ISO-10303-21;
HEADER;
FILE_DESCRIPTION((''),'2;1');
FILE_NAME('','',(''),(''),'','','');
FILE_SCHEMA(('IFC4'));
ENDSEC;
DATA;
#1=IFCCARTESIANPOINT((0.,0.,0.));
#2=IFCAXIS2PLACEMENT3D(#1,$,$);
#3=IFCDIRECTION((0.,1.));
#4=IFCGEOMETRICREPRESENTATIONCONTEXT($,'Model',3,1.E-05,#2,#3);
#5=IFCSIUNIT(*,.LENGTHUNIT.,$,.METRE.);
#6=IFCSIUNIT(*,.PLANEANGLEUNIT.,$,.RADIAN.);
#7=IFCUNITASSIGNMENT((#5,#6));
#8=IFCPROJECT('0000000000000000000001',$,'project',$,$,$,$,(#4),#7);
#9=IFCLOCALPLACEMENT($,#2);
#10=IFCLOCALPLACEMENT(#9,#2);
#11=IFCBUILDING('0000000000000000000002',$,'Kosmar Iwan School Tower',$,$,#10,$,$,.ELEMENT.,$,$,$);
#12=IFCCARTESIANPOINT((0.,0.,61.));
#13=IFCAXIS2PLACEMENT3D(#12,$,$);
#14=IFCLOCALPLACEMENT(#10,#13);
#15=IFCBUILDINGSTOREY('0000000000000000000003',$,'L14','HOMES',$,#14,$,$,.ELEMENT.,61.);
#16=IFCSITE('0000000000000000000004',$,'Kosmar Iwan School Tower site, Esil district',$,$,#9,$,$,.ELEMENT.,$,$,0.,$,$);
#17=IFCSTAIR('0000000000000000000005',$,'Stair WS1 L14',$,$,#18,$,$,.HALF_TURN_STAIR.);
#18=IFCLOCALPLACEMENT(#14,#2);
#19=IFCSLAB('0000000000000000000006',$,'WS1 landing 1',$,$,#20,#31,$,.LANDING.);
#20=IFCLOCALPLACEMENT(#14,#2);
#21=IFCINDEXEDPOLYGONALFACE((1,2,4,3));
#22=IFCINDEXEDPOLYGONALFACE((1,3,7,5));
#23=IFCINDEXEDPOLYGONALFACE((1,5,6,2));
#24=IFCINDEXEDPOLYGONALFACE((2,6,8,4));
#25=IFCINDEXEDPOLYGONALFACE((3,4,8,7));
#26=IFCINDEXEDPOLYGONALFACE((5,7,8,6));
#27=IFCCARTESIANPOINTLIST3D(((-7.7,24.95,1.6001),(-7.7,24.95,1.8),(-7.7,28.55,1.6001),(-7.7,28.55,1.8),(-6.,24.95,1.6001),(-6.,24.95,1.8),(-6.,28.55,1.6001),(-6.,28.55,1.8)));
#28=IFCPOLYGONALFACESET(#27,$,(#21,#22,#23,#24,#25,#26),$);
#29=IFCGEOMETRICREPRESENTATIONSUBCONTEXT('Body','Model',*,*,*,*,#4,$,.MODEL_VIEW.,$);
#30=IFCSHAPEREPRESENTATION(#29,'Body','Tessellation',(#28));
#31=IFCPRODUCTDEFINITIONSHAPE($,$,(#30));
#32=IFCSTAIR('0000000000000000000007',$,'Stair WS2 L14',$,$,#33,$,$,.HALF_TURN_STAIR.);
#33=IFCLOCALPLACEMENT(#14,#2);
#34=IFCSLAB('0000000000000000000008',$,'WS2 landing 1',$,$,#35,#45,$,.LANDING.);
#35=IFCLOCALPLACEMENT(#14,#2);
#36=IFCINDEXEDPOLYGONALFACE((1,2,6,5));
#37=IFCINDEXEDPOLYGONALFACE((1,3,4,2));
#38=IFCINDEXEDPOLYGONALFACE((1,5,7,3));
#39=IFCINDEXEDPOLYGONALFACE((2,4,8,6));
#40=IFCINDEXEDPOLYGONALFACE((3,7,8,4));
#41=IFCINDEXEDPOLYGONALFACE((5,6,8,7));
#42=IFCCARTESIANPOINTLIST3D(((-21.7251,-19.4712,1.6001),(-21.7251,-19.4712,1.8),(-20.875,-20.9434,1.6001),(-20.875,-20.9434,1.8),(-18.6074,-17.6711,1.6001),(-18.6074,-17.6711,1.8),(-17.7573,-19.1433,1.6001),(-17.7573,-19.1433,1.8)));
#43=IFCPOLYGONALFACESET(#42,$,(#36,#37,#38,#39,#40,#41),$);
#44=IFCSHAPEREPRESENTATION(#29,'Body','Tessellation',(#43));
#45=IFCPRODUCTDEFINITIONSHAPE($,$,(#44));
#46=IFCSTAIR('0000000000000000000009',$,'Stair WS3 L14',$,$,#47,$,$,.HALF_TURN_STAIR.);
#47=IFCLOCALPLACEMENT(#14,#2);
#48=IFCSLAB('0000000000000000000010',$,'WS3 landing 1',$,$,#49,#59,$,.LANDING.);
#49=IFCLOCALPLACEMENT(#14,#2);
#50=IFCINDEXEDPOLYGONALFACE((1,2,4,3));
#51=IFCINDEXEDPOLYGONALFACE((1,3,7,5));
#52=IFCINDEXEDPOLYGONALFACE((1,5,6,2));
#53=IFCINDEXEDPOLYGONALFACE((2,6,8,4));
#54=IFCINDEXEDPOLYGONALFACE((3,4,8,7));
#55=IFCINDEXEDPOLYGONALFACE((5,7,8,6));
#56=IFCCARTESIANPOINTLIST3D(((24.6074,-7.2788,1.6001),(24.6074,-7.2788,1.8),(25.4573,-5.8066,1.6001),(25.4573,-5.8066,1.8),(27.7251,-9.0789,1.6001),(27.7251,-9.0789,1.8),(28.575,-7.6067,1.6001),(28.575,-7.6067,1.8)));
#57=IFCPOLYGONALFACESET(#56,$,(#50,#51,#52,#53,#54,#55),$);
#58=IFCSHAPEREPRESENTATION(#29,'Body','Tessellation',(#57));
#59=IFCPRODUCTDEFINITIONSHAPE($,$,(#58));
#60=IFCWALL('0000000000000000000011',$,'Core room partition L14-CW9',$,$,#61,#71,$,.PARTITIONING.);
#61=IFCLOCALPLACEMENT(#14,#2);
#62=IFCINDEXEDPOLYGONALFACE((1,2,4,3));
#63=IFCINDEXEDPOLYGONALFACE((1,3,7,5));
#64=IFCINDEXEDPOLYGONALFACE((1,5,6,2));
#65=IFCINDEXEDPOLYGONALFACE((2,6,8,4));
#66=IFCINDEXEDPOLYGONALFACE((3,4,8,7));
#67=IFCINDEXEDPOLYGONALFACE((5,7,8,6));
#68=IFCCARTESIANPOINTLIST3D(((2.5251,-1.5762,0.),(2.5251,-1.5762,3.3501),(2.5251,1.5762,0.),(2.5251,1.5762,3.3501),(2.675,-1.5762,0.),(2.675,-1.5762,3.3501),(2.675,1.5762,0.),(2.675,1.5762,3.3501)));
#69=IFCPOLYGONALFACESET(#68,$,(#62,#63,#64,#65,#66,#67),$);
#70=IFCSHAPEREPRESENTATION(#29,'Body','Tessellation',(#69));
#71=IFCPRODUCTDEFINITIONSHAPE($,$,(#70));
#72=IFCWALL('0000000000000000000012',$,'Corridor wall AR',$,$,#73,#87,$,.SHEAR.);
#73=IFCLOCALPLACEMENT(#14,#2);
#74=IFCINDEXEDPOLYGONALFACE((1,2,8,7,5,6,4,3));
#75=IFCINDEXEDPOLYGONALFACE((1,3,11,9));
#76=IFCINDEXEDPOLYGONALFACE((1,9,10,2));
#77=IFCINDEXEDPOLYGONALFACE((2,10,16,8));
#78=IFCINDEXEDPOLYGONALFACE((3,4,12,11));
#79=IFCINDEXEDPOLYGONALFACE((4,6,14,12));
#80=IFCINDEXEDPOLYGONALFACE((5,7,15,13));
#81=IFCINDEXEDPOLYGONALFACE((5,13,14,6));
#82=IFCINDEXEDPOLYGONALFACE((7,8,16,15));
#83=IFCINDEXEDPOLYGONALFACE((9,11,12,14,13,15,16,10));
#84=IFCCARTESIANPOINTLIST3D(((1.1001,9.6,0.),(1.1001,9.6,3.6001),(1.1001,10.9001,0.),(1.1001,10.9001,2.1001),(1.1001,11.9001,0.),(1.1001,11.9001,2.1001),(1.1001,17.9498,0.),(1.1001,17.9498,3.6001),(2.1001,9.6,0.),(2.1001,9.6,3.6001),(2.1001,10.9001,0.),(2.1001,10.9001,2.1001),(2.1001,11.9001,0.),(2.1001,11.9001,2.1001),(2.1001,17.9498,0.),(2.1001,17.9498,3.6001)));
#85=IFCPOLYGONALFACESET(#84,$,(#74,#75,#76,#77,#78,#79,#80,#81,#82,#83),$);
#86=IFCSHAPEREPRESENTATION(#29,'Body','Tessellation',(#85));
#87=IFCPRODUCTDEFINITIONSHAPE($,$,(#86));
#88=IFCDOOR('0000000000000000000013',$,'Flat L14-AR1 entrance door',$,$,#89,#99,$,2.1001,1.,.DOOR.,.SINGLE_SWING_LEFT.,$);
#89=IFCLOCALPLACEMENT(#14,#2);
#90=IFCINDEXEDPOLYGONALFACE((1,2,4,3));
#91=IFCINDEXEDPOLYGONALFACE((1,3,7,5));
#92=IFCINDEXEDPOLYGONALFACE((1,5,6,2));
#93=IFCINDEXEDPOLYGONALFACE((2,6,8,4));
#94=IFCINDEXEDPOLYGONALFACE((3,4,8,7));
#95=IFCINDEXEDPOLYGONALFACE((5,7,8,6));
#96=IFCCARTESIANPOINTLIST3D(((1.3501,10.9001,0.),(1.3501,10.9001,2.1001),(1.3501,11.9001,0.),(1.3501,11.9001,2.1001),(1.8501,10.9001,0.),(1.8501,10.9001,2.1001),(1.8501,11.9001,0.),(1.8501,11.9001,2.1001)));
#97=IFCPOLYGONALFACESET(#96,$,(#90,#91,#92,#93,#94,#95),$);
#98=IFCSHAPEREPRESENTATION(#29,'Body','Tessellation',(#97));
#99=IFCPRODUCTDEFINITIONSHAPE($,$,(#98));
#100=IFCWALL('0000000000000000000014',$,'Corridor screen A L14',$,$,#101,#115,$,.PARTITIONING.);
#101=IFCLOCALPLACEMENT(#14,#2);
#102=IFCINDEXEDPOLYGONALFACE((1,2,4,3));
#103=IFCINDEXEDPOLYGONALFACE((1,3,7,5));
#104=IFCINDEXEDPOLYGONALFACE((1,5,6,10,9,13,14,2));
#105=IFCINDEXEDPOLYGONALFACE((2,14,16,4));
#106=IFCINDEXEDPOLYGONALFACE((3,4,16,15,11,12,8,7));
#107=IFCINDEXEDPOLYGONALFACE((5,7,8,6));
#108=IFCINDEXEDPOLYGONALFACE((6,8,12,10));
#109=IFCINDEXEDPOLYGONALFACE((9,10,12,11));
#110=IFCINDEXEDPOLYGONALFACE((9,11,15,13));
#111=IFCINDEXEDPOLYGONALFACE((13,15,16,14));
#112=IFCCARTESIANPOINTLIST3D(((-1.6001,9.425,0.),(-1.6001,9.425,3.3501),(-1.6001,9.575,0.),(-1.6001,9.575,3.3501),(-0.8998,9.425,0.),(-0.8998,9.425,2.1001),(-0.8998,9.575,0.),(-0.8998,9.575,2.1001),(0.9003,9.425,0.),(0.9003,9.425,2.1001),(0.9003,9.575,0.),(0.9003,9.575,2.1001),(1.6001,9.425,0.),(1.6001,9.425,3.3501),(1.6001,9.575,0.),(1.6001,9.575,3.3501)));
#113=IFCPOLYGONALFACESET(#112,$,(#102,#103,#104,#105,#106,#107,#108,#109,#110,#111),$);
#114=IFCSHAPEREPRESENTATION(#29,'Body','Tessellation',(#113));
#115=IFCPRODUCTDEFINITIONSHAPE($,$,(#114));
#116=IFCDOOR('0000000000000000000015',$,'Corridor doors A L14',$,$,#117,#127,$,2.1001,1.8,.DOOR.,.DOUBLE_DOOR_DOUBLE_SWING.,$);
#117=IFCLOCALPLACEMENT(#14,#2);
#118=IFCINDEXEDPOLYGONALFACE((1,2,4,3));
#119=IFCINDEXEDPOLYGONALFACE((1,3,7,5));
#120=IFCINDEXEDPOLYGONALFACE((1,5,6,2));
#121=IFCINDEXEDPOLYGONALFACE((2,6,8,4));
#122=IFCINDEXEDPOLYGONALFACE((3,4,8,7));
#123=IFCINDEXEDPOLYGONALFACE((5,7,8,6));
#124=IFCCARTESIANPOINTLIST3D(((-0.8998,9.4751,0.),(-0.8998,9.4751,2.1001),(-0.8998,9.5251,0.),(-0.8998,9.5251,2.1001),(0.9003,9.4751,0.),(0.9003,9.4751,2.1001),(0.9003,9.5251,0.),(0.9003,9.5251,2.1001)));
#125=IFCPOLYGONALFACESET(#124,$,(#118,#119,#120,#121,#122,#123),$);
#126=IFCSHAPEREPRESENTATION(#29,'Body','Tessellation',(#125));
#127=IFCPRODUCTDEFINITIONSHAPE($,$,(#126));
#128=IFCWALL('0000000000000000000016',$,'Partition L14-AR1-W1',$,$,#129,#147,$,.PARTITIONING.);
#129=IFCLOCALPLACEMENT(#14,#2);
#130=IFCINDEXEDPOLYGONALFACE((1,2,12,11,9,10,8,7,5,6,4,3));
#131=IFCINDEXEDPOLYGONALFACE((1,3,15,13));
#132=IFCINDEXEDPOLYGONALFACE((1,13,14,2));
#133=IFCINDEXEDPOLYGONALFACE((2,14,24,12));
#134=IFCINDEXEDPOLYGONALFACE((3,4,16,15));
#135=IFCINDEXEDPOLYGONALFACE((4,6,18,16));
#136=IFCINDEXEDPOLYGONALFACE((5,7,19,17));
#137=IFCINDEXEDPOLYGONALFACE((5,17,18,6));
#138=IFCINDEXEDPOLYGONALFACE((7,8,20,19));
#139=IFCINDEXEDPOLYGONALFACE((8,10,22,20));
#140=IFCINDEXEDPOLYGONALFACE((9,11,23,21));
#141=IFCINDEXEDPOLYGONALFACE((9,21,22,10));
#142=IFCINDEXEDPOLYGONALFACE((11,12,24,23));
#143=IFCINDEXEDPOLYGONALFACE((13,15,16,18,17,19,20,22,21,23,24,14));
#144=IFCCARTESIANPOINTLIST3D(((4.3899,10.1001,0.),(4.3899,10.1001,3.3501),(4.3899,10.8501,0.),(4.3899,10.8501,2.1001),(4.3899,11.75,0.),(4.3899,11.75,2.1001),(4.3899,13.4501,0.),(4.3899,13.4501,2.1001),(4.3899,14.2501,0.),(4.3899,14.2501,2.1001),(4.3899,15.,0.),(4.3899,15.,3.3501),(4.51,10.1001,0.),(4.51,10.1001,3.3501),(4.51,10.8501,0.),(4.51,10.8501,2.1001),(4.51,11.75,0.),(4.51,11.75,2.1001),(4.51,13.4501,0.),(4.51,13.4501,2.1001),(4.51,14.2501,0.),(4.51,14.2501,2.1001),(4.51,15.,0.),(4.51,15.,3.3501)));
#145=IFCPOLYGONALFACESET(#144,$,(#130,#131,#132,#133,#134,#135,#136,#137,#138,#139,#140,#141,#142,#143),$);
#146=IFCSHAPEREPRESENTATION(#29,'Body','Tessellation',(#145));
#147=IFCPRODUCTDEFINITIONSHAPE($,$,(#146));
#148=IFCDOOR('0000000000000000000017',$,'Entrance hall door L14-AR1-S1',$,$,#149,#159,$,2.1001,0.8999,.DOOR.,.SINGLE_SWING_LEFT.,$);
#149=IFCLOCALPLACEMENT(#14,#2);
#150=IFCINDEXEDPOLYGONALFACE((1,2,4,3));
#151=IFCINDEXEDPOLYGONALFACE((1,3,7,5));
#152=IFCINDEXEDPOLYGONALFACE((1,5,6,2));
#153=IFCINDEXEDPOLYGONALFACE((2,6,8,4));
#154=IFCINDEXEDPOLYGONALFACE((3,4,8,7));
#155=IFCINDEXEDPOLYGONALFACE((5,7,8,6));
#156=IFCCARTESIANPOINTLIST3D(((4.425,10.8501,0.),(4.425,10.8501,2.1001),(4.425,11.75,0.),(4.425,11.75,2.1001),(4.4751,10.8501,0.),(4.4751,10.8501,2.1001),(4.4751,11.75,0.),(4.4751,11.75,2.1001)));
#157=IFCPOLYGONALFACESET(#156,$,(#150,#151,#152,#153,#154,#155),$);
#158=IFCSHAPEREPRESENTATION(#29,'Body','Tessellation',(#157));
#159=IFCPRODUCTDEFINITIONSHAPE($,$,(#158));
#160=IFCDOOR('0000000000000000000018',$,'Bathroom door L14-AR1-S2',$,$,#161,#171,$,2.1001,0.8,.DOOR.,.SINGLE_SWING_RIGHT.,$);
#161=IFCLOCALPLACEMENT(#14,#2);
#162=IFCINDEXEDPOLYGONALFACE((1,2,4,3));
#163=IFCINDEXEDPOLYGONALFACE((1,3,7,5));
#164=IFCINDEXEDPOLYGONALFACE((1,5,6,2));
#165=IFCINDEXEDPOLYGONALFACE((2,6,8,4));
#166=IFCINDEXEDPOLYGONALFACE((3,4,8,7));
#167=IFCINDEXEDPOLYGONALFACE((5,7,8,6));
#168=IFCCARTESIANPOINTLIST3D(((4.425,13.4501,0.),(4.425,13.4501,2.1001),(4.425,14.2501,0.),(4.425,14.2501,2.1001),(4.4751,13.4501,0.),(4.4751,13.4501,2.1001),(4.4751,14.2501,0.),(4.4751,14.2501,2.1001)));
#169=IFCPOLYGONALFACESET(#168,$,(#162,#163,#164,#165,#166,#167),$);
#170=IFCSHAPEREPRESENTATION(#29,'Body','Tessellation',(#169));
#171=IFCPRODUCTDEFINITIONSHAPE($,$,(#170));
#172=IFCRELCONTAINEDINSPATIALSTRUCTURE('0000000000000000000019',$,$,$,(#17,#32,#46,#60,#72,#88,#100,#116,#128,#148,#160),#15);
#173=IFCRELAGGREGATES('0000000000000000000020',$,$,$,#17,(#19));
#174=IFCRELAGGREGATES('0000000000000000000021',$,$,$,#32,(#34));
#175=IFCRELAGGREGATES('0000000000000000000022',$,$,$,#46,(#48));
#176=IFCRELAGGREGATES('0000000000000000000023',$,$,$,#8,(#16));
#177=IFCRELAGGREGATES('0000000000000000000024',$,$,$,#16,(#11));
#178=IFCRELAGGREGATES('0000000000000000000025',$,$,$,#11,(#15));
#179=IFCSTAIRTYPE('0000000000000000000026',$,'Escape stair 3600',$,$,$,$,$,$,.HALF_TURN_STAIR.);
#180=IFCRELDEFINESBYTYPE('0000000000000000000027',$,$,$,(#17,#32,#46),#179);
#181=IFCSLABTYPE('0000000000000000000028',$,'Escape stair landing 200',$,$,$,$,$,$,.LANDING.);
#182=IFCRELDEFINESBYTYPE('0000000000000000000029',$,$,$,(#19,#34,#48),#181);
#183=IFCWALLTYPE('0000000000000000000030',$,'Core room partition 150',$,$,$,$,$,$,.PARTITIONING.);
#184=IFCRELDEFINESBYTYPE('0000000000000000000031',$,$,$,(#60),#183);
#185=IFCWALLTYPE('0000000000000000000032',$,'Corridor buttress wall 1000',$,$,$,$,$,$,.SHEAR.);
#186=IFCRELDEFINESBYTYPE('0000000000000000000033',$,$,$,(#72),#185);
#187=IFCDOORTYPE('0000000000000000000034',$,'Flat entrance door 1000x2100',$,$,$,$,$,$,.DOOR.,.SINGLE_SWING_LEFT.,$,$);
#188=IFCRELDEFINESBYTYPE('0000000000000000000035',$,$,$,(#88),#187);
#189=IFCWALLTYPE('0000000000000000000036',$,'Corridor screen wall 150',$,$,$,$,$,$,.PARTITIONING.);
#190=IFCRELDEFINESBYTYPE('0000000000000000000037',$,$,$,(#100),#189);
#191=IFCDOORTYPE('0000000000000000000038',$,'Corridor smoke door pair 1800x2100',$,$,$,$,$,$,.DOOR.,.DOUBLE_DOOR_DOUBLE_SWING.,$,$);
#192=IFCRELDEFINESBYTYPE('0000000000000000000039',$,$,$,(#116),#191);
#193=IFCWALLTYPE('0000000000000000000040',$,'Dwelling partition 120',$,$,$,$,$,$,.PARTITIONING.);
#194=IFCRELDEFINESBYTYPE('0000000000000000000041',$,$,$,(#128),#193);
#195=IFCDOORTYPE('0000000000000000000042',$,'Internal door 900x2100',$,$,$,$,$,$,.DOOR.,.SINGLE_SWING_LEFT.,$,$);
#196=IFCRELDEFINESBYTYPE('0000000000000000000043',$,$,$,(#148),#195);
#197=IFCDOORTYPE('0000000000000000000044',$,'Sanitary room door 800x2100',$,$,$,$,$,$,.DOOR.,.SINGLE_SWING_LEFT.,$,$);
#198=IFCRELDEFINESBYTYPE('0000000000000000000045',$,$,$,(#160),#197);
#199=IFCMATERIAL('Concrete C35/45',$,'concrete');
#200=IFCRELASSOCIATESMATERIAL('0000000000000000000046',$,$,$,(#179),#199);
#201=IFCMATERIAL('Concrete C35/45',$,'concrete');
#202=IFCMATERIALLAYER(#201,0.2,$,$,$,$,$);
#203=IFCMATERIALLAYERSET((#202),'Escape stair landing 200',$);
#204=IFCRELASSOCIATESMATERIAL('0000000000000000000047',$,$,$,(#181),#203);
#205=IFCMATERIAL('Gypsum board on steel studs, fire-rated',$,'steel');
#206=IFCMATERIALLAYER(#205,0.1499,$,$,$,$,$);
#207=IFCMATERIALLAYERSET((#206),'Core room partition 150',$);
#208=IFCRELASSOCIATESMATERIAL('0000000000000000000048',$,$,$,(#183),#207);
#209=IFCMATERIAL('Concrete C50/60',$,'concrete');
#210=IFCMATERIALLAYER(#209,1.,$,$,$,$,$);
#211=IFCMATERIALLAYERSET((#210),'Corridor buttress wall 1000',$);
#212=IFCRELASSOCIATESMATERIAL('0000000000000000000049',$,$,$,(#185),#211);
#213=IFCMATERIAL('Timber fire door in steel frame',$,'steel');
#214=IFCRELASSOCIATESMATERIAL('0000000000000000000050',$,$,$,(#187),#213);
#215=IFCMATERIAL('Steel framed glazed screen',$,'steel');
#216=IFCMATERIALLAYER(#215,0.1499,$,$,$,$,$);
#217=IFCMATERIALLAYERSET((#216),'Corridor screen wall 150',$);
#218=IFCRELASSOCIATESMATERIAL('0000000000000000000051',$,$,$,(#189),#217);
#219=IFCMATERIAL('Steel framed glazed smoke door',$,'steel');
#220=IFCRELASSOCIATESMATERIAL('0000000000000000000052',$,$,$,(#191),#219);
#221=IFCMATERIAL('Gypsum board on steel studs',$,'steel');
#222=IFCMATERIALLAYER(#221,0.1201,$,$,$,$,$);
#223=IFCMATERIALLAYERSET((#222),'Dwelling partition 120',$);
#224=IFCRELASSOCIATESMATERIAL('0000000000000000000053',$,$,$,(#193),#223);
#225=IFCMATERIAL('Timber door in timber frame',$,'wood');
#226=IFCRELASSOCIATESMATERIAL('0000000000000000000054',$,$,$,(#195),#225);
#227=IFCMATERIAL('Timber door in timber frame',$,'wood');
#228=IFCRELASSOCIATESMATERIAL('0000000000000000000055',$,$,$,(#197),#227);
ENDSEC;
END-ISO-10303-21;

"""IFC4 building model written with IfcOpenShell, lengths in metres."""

from ifc_helpers import new_model, si_unit, direction, frame, frame_2d, origin, place, context, subcontext, project, spatial, polyline, rectangle, outline, extrude, material, layer, layer_set, type_object, element, fill, aggregate, save


model = new_model("IFC4")

# Units and contexts
model_context = context("Model", 3, precision=1e-05, world=origin(), true_north=direction((0.0, 1.0)))
body_context = subcontext(model_context, "Body", "Model", "MODEL_VIEW")
ifc_project = project(units=[si_unit("LENGTHUNIT", "METRE"), si_unit("PLANEANGLEUNIT", "RADIAN")], contexts=[model_context])

# Site, building, storey
site_placement = place(None, origin())
site = spatial("IfcSite", under=ifc_project, at=site_placement, Name="Kosmar Iwan School Tower site, Esil district", CompositionType="ELEMENT", RefElevation=0.0)
building_placement = place(site_placement, origin())
building = spatial("IfcBuilding", under=site, at=building_placement, Name="Kosmar Iwan School Tower", CompositionType="ELEMENT")
storey_placement = place(building_placement, frame((0.0, 0.0, 61.0)))
storey = spatial("IfcBuildingStorey", under=building, at=storey_placement, Name="L14", Description="HOMES", CompositionType="ELEMENT", Elevation=61.0)

# Stairs, slabs
ifc_material_1 = material(Name="Concrete C35/45", Category="concrete")
stair_type_1 = type_object("IfcStairType", Name="Escape stair 3600", PredefinedType="HALF_TURN_STAIR", material=ifc_material_1)
stair_1_placement = place(storey_placement, origin())
stair_1 = element("IfcStair", 1, at=stair_1_placement, inside=storey, type_object=stair_type_1, Name="Stair WS1 L14", PredefinedType="HALF_TURN_STAIR")
ifc_material_2 = material(Name="Concrete C35/45", Category="concrete")
ifc_layer_1 = layer(ifc_material_2, 0.2)
ifc_layer_set_1 = layer_set([ifc_layer_1], Name="Escape stair landing 200")
slab_type = type_object("IfcSlabType", Name="Escape stair landing 200", PredefinedType="LANDING", material=ifc_layer_set_1)
slab_1_placement = place(storey_placement, frame((0.0, 0.0, 1.6001)))
slab_1 = element("IfcSlab", 2, at=slab_1_placement, type_object=slab_type, Name="WS1 landing 1", PredefinedType="LANDING", context=body_context, shape_type="SweptSolid", body=[
    extrude(outline(polyline([(-6.0, 24.95), (-6.0, 28.55), (-7.7, 28.55), (-7.7, 24.95), (-6.0, 24.95)])), origin(), (0.0, 0.0, 1.0), 0.2),
])
aggregate(stair_1, [slab_1])
stair_2_placement = place(storey_placement, origin())
stair_2 = element("IfcStair", 3, at=stair_2_placement, inside=storey, type_object=stair_type_1, Name="Stair WS2 L14", PredefinedType="HALF_TURN_STAIR")
slab_2_placement = place(storey_placement, frame((0.0, 0.0, 1.6001)))
slab_2 = element("IfcSlab", 4, at=slab_2_placement, type_object=slab_type, Name="WS2 landing 1", PredefinedType="LANDING", context=body_context, shape_type="SweptSolid", body=[
    extrude(outline(polyline([(-18.6074, -17.6711), (-21.7251, -19.4712), (-20.875, -20.9434), (-17.7573, -19.1433), (-18.6074, -17.6711)])), origin(), (0.0, 0.0, 1.0), 0.2),
])
aggregate(stair_2, [slab_2])
stair_3_placement = place(storey_placement, origin())
stair_3 = element("IfcStair", 5, at=stair_3_placement, inside=storey, type_object=stair_type_1, Name="Stair WS3 L14", PredefinedType="HALF_TURN_STAIR")
slab_3_placement = place(storey_placement, frame((0.0, 0.0, 1.6001)))
slab_3 = element("IfcSlab", 6, at=slab_3_placement, type_object=slab_type, Name="WS3 landing 1", PredefinedType="LANDING", context=body_context, shape_type="SweptSolid", body=[
    extrude(outline(polyline([(24.6074, -7.2788), (27.7251, -9.0789), (28.575, -7.6067), (25.4573, -5.8066), (24.6074, -7.2788)])), origin(), (0.0, 0.0, 1.0), 0.2),
])
aggregate(stair_3, [slab_3])

# Wall
ifc_material_3 = material(Name="Gypsum board on steel studs, fire-rated", Category="steel")
ifc_layer_2 = layer(ifc_material_3, 0.1499)
ifc_layer_set_2 = layer_set([ifc_layer_2], Name="Core room partition 150")
wall_type_1 = type_object("IfcWallType", Name="Core room partition 150", PredefinedType="PARTITIONING", material=ifc_layer_set_2)
wall_1_placement = place(storey_placement, frame((2.6001, 1.5762, 0.0), z_axis=(0.0, 0.0, 1.0), x_axis=(0.0, -1.0, 0.0)))
element("IfcWall", 7, at=wall_1_placement, inside=storey, type_object=wall_type_1, Name="Core room partition L14-CW9", PredefinedType="PARTITIONING", context=body_context, shape_type="SweptSolid", body=[
    extrude(rectangle(XDim=3.1523, YDim=0.1499, at=frame_2d((1.5762, 0.0))), origin(), (0.0, 0.0, 1.0), 3.3501),
])

# Walls, openings, doors
ifc_material_4 = material(Name="Concrete C50/60", Category="concrete")
ifc_layer_3 = layer(ifc_material_4, 1.0)
ifc_layer_set_3 = layer_set([ifc_layer_3], Name="Corridor buttress wall 1000")
wall_type_2 = type_object("IfcWallType", Name="Corridor buttress wall 1000", PredefinedType="SHEAR", material=ifc_layer_set_3)
wall_2_placement = place(storey_placement, frame((1.6001, 9.6001, 0.0), z_axis=(0.0, 0.0, 1.0), x_axis=(0.0, 1.0, 0.0)))
wall_2 = element("IfcWall", 8, at=wall_2_placement, inside=storey, type_object=wall_type_2, Name="Corridor wall AR", PredefinedType="SHEAR", context=body_context, shape_type="SweptSolid", body=[
    extrude(rectangle(XDim=8.3499, YDim=1.0, at=frame_2d((4.1748, 0.0))), origin(), (0.0, 0.0, 1.0), 3.6001),
])
opening_1_placement = place(wall_2_placement, frame((1.3, 0.0, 0.0)))
opening_1 = element("IfcOpeningElement", 9, at=opening_1_placement, cuts=wall_2, PredefinedType="OPENING", context=body_context, shape_type="SweptSolid", body=[
    extrude(rectangle(XDim=1.0, YDim=2.1001, at=frame_2d((0.5, 1.05))), frame((0.0, 0.512, 0.0), z_axis=(0.0, -1.0, 0.0), x_axis=(1.0, 0.0, 0.0)), (0.0, 0.0, 1.0), 1.0239),
])
ifc_material_5 = material(Name="Timber fire door in steel frame", Category="steel")
door_type_1 = type_object("IfcDoorType", Name="Flat entrance door 1000x2100", OperationType="SINGLE_SWING_LEFT", PredefinedType="DOOR", material=ifc_material_5)
door_1_placement = place(opening_1_placement, origin())
door_1 = element("IfcDoor", 10, at=door_1_placement, inside=storey, type_object=door_type_1, Name="Flat L14-AR1 entrance door", OperationType="SINGLE_SWING_LEFT", OverallHeight=2.1001, OverallWidth=1.0, PredefinedType="DOOR", context=body_context, shape_type="SweptSolid", body=[
    extrude(rectangle(XDim=1.0, YDim=2.1001, at=frame_2d((0.5, 1.05))), frame((0.0, 0.25, 0.0), z_axis=(0.0, -1.0, 0.0), x_axis=(1.0, 0.0, 0.0)), (0.0, 0.0, 1.0), 0.5),
])
fill(opening_1, door_1)
ifc_material_6 = material(Name="Steel framed glazed screen", Category="steel")
ifc_layer_4 = layer(ifc_material_6, 0.1499)
ifc_layer_set_4 = layer_set([ifc_layer_4], Name="Corridor screen wall 150")
wall_type_3 = type_object("IfcWallType", Name="Corridor screen wall 150", PredefinedType="PARTITIONING", material=ifc_layer_set_4)
wall_3_placement = place(storey_placement, frame((1.6001, 9.5, 0.0), z_axis=(0.0, 0.0, 1.0), x_axis=(-1.0, 0.0, 0.0)))
wall_3 = element("IfcWall", 11, at=wall_3_placement, inside=storey, type_object=wall_type_3, Name="Corridor screen A L14", PredefinedType="PARTITIONING", context=body_context, shape_type="SweptSolid", body=[
    extrude(rectangle(XDim=3.2002, YDim=0.1499, at=frame_2d((1.6001, 0.0))), origin(), (0.0, 0.0, 1.0), 3.3501),
])
opening_2_placement = place(wall_3_placement, frame((0.7, 0.0, 0.0)))
opening_2 = element("IfcOpeningElement", 12, at=opening_2_placement, cuts=wall_3, PredefinedType="OPENING", context=body_context, shape_type="SweptSolid", body=[
    extrude(rectangle(XDim=1.8, YDim=2.1001, at=frame_2d((0.8999, 1.05))), frame((0.0, 0.0869, 0.0), z_axis=(0.0, -1.0, 0.0), x_axis=(1.0, 0.0, 0.0)), (0.0, 0.0, 1.0), 0.1738),
])
ifc_material_7 = material(Name="Steel framed glazed smoke door", Category="steel")
door_type_2 = type_object("IfcDoorType", Name="Corridor smoke door pair 1800x2100", OperationType="DOUBLE_DOOR_DOUBLE_SWING", PredefinedType="DOOR", material=ifc_material_7)
door_2_placement = place(opening_2_placement, origin())
door_2 = element("IfcDoor", 13, at=door_2_placement, inside=storey, type_object=door_type_2, Name="Corridor doors A L14", OperationType="DOUBLE_DOOR_DOUBLE_SWING", OverallHeight=2.1001, OverallWidth=1.8, PredefinedType="DOOR", context=body_context, shape_type="SweptSolid", body=[
    extrude(rectangle(XDim=1.8, YDim=2.1001, at=frame_2d((0.8999, 1.05))), frame((0.0, 0.0249, 0.0), z_axis=(0.0, -1.0, 0.0), x_axis=(1.0, 0.0, 0.0)), (0.0, 0.0, 1.0), 0.05),
])
fill(opening_2, door_2)

# Wall, openings, doors
ifc_material_8 = material(Name="Gypsum board on steel studs", Category="steel")
ifc_layer_5 = layer(ifc_material_8, 0.1201)
ifc_layer_set_5 = layer_set([ifc_layer_5], Name="Dwelling partition 120")
wall_type_4 = type_object("IfcWallType", Name="Dwelling partition 120", PredefinedType="PARTITIONING", material=ifc_layer_set_5)
wall_4_placement = place(storey_placement, frame((4.45, 10.1001, 0.0), z_axis=(0.0, 0.0, 1.0), x_axis=(0.0, 1.0, 0.0)))
wall_4 = element("IfcWall", 14, at=wall_4_placement, inside=storey, type_object=wall_type_4, Name="Partition L14-AR1-W1", PredefinedType="PARTITIONING", context=body_context, shape_type="SweptSolid", body=[
    extrude(rectangle(XDim=4.8999, YDim=0.1201, at=frame_2d((2.45, 0.0))), origin(), (0.0, 0.0, 1.0), 3.3501),
])
opening_3_placement = place(wall_4_placement, frame((0.75, 0.0, 0.0)))
opening_3 = element("IfcOpeningElement", 15, at=opening_3_placement, cuts=wall_4, PredefinedType="OPENING", context=body_context, shape_type="SweptSolid", body=[
    extrude(rectangle(XDim=0.8999, YDim=2.1001, at=frame_2d((0.45, 1.05))), frame((0.0, 0.072, 0.0), z_axis=(0.0, -1.0, 0.0), x_axis=(1.0, 0.0, 0.0)), (0.0, 0.0, 1.0), 0.144),
])
opening_4_placement = place(wall_4_placement, frame((3.3501, 0.0, 0.0)))
opening_4 = element("IfcOpeningElement", 16, at=opening_4_placement, cuts=wall_4, PredefinedType="OPENING", context=body_context, shape_type="SweptSolid", body=[
    extrude(rectangle(XDim=0.8, YDim=2.1001, at=frame_2d((0.3999, 1.05))), frame((0.0, 0.072, 0.0), z_axis=(0.0, -1.0, 0.0), x_axis=(1.0, 0.0, 0.0)), (0.0, 0.0, 1.0), 0.144),
])
ifc_material_9 = material(Name="Timber door in timber frame", Category="wood")
door_type_3 = type_object("IfcDoorType", Name="Internal door 900x2100", OperationType="SINGLE_SWING_LEFT", PredefinedType="DOOR", material=ifc_material_9)
door_3_placement = place(opening_3_placement, origin())
door_3 = element("IfcDoor", 17, at=door_3_placement, inside=storey, type_object=door_type_3, Name="Entrance hall door L14-AR1-S1", OperationType="SINGLE_SWING_LEFT", OverallHeight=2.1001, OverallWidth=0.8999, PredefinedType="DOOR", context=body_context, shape_type="SweptSolid", body=[
    extrude(rectangle(XDim=0.8999, YDim=2.1001, at=frame_2d((0.45, 1.05))), frame((0.0, 0.0249, 0.0), z_axis=(0.0, -1.0, 0.0), x_axis=(1.0, 0.0, 0.0)), (0.0, 0.0, 1.0), 0.05),
])
fill(opening_3, door_3)
ifc_material_10 = material(Name="Timber door in timber frame", Category="wood")
door_type_4 = type_object("IfcDoorType", Name="Sanitary room door 800x2100", OperationType="SINGLE_SWING_LEFT", PredefinedType="DOOR", material=ifc_material_10)
door_4_placement = place(opening_4_placement, origin())
door_4 = element("IfcDoor", 18, at=door_4_placement, inside=storey, type_object=door_type_4, Name="Bathroom door L14-AR1-S2", OperationType="SINGLE_SWING_RIGHT", OverallHeight=2.1001, OverallWidth=0.8, PredefinedType="DOOR", context=body_context, shape_type="SweptSolid", body=[
    extrude(rectangle(XDim=0.8, YDim=2.1001, at=frame_2d((0.3999, 1.05))), frame((0.0, 0.0249, 0.0), z_axis=(0.0, -1.0, 0.0), x_axis=(1.0, 0.0, 0.0)), (0.0, 0.0, 1.0), 0.05),
])
fill(opening_4, door_4)

save(model, "model.ifc")
